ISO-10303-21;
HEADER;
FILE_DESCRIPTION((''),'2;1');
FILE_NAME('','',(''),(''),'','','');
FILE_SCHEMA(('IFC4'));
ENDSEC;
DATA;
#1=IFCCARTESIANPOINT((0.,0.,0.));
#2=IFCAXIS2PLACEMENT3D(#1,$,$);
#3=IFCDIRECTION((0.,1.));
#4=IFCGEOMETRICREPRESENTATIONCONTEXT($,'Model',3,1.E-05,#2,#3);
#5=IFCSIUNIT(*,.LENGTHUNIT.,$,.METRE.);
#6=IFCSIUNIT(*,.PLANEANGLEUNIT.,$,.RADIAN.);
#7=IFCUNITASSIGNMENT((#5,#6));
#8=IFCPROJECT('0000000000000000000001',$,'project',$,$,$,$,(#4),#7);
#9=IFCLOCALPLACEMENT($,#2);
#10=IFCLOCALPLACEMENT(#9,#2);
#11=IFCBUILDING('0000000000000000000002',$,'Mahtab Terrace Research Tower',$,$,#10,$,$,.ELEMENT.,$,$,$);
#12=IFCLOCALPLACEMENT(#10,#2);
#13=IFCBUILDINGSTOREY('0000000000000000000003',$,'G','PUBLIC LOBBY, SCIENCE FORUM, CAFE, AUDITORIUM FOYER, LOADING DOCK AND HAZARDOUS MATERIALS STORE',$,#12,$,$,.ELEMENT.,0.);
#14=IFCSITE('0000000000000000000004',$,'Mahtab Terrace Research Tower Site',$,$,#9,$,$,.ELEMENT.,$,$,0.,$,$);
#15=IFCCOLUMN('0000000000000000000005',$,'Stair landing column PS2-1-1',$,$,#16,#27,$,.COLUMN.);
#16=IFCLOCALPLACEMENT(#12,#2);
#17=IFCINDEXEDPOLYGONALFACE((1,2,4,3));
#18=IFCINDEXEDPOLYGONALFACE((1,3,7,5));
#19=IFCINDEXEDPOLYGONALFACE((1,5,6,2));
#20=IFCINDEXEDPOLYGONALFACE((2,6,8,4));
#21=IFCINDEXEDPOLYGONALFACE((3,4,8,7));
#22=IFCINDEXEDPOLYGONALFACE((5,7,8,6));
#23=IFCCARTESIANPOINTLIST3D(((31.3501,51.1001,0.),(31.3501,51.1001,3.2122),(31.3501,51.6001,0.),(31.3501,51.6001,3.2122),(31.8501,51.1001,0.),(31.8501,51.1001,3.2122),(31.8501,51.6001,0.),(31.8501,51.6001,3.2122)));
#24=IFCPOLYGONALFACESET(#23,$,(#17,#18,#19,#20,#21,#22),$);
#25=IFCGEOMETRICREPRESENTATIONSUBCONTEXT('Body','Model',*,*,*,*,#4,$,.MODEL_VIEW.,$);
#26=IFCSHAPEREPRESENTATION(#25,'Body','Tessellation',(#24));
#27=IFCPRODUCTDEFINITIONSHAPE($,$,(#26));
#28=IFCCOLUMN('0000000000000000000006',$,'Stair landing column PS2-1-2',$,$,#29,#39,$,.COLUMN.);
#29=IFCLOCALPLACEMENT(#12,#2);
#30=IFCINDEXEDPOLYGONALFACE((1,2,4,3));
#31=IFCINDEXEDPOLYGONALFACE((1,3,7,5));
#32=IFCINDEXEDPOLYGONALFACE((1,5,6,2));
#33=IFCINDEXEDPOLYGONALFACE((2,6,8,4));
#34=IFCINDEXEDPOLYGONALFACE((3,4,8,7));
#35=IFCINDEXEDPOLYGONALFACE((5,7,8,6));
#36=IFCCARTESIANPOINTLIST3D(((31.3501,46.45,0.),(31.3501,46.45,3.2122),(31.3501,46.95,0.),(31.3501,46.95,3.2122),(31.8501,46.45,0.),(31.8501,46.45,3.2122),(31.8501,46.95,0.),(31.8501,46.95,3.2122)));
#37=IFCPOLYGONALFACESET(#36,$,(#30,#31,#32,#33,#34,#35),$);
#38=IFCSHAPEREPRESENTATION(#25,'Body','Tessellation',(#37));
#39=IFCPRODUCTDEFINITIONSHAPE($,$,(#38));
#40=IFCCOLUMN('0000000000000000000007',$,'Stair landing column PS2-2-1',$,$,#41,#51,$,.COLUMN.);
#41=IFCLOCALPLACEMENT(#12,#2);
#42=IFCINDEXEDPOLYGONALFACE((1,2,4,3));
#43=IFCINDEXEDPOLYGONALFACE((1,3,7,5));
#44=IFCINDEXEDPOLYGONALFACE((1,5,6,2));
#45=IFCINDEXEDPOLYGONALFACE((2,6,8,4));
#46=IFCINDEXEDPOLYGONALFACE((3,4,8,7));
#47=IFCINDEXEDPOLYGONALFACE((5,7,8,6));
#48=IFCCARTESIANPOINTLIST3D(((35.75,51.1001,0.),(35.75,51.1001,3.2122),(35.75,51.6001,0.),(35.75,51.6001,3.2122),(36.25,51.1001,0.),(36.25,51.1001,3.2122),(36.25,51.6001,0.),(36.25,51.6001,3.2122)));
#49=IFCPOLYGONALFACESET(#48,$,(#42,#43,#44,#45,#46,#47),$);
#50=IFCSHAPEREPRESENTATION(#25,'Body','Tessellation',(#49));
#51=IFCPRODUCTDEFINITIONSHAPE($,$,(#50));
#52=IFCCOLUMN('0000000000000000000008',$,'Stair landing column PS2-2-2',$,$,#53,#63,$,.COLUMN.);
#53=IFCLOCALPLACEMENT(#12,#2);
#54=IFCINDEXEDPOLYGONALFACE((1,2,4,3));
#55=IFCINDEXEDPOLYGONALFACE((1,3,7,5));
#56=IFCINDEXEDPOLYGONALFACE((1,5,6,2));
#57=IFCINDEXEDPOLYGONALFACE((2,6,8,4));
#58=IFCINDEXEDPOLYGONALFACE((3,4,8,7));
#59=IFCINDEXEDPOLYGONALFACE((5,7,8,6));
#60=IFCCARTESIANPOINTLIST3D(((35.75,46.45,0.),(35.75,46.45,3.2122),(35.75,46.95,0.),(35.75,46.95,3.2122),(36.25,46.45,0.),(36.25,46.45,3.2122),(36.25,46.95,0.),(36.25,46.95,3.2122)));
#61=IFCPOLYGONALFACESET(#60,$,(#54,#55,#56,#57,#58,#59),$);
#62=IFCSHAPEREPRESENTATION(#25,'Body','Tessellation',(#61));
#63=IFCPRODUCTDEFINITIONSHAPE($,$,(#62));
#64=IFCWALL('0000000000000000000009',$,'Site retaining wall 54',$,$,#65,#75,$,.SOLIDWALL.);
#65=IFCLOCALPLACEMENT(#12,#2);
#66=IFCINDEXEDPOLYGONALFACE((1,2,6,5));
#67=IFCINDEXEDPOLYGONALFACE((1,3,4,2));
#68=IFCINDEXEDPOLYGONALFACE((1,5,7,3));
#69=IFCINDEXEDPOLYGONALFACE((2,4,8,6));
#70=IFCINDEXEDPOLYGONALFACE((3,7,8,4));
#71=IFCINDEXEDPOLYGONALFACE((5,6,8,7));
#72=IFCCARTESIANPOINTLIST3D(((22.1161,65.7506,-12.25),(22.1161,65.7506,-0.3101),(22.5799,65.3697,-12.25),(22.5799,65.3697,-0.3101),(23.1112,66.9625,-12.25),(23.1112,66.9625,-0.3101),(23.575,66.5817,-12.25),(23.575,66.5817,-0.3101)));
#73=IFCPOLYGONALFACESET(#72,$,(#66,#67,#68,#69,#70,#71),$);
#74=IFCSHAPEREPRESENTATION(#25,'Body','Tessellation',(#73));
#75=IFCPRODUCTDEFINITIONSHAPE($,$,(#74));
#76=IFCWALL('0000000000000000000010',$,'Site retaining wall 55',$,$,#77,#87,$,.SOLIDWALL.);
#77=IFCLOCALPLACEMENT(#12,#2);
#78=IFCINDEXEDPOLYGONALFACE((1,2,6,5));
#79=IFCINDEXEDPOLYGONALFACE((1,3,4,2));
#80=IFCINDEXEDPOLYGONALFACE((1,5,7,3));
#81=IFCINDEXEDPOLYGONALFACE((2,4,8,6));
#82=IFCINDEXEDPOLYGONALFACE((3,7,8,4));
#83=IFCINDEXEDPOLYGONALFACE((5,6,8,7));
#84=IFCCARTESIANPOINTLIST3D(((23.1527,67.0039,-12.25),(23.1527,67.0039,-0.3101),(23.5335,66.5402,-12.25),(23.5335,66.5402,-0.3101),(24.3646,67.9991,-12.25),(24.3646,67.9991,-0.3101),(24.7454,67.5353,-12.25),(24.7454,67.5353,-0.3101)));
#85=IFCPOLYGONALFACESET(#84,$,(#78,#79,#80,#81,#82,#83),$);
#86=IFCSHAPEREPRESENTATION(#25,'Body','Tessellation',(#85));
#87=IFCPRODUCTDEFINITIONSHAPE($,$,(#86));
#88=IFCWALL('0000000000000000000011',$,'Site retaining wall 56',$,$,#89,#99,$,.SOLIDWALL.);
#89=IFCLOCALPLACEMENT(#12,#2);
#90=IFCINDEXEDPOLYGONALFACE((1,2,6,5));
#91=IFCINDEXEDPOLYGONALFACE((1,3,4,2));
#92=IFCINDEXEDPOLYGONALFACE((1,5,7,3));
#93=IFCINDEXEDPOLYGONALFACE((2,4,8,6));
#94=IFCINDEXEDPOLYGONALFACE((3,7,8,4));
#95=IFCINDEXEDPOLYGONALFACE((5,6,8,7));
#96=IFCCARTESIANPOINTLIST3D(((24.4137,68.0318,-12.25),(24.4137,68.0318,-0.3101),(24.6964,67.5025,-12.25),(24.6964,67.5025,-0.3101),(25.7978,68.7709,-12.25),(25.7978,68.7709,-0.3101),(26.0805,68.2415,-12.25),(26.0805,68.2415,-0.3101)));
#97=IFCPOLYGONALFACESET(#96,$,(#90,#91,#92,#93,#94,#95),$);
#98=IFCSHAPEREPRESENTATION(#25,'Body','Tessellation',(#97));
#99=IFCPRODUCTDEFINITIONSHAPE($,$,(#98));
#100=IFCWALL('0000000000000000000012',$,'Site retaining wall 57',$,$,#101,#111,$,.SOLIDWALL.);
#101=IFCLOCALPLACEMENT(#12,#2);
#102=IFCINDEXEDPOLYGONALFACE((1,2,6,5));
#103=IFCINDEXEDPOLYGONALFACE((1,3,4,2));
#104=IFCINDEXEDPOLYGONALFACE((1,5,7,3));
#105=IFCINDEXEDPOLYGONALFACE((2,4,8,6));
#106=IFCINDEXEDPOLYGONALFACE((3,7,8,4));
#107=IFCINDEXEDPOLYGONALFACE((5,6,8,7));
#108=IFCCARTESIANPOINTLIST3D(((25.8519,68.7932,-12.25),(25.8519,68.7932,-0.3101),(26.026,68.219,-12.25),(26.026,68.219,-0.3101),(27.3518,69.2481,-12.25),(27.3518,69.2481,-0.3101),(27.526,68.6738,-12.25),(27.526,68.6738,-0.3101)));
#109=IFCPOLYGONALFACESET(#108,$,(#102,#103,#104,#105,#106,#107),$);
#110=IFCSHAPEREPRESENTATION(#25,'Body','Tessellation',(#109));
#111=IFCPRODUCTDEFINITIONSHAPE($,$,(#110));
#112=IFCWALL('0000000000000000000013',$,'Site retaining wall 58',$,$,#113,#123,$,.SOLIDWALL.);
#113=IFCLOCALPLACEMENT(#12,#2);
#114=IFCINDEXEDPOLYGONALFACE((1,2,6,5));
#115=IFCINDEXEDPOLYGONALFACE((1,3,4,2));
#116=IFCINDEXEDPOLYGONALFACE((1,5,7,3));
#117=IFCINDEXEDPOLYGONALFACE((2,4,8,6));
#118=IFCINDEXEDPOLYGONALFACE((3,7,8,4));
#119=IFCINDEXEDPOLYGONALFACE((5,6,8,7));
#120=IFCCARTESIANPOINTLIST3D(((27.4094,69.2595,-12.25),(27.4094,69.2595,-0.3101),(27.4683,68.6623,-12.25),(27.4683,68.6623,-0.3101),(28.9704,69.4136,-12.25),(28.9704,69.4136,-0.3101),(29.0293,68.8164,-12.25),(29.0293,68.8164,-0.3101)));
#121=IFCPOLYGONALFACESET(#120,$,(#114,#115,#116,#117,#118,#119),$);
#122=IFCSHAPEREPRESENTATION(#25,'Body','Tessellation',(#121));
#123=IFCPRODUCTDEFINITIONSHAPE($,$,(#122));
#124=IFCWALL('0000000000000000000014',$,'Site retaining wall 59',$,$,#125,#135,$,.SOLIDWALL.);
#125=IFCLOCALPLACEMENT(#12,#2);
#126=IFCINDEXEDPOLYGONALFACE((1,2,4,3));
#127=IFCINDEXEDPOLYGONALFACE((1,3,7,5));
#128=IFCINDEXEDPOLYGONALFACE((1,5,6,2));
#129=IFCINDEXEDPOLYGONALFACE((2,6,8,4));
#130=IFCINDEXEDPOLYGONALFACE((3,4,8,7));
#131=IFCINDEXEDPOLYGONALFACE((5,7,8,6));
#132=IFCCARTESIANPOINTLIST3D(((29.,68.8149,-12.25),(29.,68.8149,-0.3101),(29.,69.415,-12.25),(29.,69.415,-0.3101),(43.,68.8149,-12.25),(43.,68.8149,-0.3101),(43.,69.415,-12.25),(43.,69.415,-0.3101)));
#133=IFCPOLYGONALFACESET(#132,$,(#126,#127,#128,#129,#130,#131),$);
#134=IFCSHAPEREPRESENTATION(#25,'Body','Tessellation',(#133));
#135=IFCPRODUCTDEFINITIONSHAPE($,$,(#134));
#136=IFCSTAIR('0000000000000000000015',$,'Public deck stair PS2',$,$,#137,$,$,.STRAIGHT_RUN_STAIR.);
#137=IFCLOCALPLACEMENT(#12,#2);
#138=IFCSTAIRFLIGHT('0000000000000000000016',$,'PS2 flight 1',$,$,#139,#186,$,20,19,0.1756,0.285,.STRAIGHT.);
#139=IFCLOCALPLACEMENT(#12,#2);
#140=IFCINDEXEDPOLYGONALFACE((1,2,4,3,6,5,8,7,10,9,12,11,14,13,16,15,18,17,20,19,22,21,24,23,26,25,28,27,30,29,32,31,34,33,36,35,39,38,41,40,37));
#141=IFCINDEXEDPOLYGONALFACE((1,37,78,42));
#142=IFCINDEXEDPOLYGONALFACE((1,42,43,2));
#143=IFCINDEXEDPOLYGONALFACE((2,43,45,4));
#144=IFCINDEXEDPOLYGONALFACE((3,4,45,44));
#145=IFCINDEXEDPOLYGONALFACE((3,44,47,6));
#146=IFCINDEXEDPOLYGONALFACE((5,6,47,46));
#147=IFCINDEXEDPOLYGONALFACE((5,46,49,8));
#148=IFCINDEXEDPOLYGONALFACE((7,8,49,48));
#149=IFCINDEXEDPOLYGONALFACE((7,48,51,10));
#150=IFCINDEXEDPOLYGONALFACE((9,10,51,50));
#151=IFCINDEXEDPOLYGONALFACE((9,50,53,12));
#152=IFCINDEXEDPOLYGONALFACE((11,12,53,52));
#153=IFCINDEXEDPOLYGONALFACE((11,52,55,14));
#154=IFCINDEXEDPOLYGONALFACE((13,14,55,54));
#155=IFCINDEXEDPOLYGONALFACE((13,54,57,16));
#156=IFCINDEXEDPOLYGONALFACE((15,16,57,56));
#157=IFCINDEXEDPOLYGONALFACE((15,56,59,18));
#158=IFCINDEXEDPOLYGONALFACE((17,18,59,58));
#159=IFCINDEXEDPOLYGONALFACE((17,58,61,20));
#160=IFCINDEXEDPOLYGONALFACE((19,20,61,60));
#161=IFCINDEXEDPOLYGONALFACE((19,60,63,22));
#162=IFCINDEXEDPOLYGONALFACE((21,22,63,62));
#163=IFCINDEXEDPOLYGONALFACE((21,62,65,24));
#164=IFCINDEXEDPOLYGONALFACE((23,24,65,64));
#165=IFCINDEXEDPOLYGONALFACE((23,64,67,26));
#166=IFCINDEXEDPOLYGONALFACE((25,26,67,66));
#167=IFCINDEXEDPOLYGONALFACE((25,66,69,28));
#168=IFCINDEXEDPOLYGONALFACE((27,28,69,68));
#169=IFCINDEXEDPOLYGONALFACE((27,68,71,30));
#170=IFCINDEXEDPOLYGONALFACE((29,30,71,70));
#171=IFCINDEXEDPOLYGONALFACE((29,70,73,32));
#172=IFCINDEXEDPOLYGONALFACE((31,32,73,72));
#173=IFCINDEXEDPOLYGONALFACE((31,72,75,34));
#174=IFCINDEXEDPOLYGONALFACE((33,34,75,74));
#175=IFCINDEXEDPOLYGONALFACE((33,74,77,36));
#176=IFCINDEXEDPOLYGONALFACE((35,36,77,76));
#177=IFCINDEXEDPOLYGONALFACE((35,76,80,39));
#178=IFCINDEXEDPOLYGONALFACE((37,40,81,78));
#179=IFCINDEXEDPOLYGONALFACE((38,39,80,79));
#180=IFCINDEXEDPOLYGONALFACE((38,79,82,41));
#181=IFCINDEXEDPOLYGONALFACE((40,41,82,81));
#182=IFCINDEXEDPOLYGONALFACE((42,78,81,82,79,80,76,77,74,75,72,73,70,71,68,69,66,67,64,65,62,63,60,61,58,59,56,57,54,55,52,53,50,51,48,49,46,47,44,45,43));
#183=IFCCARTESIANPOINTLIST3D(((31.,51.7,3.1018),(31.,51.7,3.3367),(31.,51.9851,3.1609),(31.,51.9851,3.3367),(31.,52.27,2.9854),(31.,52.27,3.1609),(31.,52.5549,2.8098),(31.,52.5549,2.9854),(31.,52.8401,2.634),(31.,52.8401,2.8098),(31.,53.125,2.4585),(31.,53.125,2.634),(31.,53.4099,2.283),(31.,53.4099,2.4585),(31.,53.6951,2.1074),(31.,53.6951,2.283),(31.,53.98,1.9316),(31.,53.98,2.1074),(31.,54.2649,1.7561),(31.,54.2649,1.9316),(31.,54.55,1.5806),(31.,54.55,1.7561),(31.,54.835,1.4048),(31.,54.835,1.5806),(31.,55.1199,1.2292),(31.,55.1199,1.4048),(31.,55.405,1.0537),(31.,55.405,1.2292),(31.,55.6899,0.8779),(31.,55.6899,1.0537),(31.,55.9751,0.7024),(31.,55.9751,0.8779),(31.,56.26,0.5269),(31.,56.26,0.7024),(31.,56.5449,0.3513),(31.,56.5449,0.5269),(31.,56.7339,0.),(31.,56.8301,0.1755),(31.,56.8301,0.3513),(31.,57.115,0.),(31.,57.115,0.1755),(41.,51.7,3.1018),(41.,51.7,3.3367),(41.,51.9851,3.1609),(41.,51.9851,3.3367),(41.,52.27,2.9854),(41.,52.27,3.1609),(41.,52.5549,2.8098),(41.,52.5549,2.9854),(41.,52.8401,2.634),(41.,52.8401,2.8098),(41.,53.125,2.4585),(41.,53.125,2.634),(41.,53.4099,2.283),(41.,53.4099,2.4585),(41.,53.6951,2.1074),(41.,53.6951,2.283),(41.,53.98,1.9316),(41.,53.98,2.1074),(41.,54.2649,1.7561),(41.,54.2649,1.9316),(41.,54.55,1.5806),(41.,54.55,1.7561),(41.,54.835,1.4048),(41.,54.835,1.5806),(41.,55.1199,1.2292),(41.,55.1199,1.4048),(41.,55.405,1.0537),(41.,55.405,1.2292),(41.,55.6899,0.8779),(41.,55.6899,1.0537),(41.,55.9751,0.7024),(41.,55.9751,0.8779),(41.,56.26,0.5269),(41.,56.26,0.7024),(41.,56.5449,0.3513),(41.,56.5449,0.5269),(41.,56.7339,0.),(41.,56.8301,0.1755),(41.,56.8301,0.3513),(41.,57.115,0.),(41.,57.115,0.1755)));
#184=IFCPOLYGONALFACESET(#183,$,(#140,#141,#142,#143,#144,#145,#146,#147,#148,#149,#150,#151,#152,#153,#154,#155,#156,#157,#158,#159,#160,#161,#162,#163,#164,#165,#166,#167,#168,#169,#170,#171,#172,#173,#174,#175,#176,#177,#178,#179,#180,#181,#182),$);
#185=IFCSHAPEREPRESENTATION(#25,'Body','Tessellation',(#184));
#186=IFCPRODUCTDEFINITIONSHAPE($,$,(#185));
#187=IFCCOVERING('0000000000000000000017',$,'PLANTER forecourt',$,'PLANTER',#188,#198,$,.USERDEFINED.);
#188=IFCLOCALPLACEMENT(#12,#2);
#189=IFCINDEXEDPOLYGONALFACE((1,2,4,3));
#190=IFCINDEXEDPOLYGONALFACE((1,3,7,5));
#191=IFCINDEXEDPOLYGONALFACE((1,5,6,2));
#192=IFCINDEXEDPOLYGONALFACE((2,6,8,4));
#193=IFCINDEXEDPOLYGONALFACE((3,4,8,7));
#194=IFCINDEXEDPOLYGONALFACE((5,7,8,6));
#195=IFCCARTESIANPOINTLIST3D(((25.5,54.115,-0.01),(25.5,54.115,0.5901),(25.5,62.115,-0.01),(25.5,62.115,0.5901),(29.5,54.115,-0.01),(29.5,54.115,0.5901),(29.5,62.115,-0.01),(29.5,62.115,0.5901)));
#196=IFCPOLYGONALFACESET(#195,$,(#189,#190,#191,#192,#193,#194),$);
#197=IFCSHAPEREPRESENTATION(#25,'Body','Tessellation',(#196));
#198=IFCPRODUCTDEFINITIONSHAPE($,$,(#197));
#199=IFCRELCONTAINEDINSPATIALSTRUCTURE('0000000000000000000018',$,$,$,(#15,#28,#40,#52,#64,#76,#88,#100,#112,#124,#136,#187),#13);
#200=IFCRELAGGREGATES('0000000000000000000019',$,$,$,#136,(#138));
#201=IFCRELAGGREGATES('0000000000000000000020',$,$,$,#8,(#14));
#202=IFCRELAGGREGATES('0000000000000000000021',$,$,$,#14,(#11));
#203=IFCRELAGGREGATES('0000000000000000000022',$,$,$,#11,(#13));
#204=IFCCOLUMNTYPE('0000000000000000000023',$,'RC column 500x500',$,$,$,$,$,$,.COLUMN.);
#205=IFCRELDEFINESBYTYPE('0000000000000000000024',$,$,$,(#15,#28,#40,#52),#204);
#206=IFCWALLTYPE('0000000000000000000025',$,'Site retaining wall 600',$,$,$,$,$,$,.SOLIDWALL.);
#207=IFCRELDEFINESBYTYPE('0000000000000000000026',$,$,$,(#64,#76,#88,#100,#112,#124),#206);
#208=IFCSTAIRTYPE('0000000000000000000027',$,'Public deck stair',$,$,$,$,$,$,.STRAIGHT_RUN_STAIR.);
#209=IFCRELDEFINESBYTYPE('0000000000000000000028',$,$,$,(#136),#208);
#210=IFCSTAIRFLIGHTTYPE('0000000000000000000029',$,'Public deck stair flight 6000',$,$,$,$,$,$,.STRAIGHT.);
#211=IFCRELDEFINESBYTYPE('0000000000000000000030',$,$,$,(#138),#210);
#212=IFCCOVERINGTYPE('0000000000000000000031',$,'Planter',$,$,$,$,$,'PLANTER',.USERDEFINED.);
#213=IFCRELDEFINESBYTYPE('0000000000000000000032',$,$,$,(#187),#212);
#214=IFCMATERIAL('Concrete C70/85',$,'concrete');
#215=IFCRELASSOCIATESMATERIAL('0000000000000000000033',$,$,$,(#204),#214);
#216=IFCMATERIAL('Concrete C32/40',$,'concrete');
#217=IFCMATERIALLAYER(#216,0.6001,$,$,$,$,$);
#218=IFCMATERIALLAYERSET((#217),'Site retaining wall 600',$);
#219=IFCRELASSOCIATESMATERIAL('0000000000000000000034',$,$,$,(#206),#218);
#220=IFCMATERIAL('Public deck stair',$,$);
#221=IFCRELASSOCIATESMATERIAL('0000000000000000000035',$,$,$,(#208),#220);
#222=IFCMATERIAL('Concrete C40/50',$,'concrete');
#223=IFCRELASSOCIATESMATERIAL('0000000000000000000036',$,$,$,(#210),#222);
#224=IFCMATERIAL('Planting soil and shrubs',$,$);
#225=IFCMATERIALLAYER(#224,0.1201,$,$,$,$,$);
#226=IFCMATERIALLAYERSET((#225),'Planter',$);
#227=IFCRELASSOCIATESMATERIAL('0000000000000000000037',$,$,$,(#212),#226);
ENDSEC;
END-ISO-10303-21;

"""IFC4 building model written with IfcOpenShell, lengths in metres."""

from ifc_helpers import new_model, si_unit, direction, frame, frame_2d, origin, origin_2d, place, context, subcontext, project, spatial, polyline, rectangle, outline, extrude, material, layer, layer_set, material_profile, profile_set, type_object, element, aggregate, save


model = new_model("IFC4")

# Units and contexts
model_context = context("Model", 3, precision=1e-05, world=origin(), true_north=direction((0.0, 1.0)))
body_context = subcontext(model_context, "Body", "Model", "MODEL_VIEW")
ifc_project = project(units=[si_unit("LENGTHUNIT", "METRE"), si_unit("PLANEANGLEUNIT", "RADIAN")], contexts=[model_context])

# Site, building, storey
site_placement = place(None, origin())
site = spatial("IfcSite", under=ifc_project, at=site_placement, Name="Mahtab Terrace Research Tower Site", CompositionType="ELEMENT", RefElevation=0.0)
building_placement = place(site_placement, origin())
building = spatial("IfcBuilding", under=site, at=building_placement, Name="Mahtab Terrace Research Tower", CompositionType="ELEMENT")
storey_placement = place(building_placement, origin())
storey = spatial("IfcBuildingStorey", under=building, at=storey_placement, Name="G", Description="PUBLIC LOBBY, SCIENCE FORUM, CAFE, AUDITORIUM FOYER, LOADING DOCK AND HAZARDOUS MATERIALS STORE", CompositionType="ELEMENT", Elevation=0.0)

# Columns
ifc_material_1 = material(Name="Concrete C70/85", Category="concrete")
ifc_material_profile = material_profile(ifc_material_1, rectangle(XDim=0.5, YDim=0.5, at=origin_2d()), Name="RC column 500x500")
ifc_profile_set = profile_set([ifc_material_profile], Name="Concrete C70/85")
column_type = type_object("IfcColumnType", Name="RC column 500x500", PredefinedType="COLUMN", material=ifc_profile_set)
for number, where, z_axis, x_axis, name in (
    (1, (31.6001, 51.3501, 0.0), (0.0, 0.0, 1.0), (1.0, 0.0, 0.0), "Stair landing column PS2-1-1"),
    (2, (31.6001, 46.7, 0.0), (0.0, 0.0, 1.0), (1.0, 0.0, 0.0), "Stair landing column PS2-1-2"),
    (3, (36.0, 51.3501, 0.0), (0.0, 0.0, 1.0), (1.0, 0.0, 0.0), "Stair landing column PS2-2-1"),
    (4, (36.0, 46.7, 0.0), (0.0, 0.0, 1.0), (1.0, 0.0, 0.0), "Stair landing column PS2-2-2"),
):
    element("IfcColumn", number, at=place(storey_placement, frame(where, z_axis=z_axis, x_axis=x_axis)), inside=storey, type_object=column_type, Name=name, PredefinedType="COLUMN", context=body_context, shape_type="SweptSolid", body=[
        extrude(rectangle(XDim=0.5, YDim=0.5, at=origin_2d()), origin(), (0.0, 0.0, 1.0), 3.2122),
    ])

# Walls
ifc_material_2 = material(Name="Concrete C32/40", Category="concrete")
ifc_layer_1 = layer(ifc_material_2, 0.6001)
ifc_layer_set_1 = layer_set([ifc_layer_1], Name="Site retaining wall 600")
wall_type = type_object("IfcWallType", Name="Site retaining wall 600", PredefinedType="SOLIDWALL", material=ifc_layer_set_1)
for number, where, z_axis, x_axis, name in (
    (5, (22.3479, 65.5601, -12.25), (0.0, 0.0, 1.0), (0.634593, 0.772846, 0.0), "Site retaining wall 54"),
    (6, (23.343, 66.772, -12.25), (0.0, 0.0, 1.0), (0.772846, 0.634593, 0.0), "Site retaining wall 55"),
):
    element("IfcWall", number, at=place(storey_placement, frame(where, z_axis=z_axis, x_axis=x_axis)), inside=storey, type_object=wall_type, Name=name, PredefinedType="SOLIDWALL", context=body_context, shape_type="SweptSolid", body=[
        extrude(rectangle(XDim=1.5681, YDim=0.6001, at=frame_2d((0.7842, 0.0))), origin(), (0.0, 0.0, 1.0), 11.9399),
    ])
wall_1_placement = place(storey_placement, frame((24.5549, 67.7671, -12.25), z_axis=(0.0, 0.0, 1.0), x_axis=(0.882125, 0.471016, 0.0)))
element("IfcWall", 7, at=wall_1_placement, inside=storey, type_object=wall_type, Name="Site retaining wall 56", PredefinedType="SOLIDWALL", context=body_context, shape_type="SweptSolid", body=[
    extrude(rectangle(XDim=1.5691, YDim=0.6001, at=frame_2d((0.7847, 0.0))), origin(), (0.0, 0.0, 1.0), 11.9399),
])
wall_2_placement = place(storey_placement, frame((25.939, 68.5061, -12.25), z_axis=(0.0, 0.0, 1.0), x_axis=(0.956973, 0.290176, 0.0)))
element("IfcWall", 8, at=wall_2_placement, inside=storey, type_object=wall_type, Name="Site retaining wall 57", PredefinedType="SOLIDWALL", context=body_context, shape_type="SweptSolid", body=[
    extrude(rectangle(XDim=1.5674, YDim=0.6001, at=frame_2d((0.7837, 0.0))), origin(), (0.0, 0.0, 1.0), 11.9399),
])
wall_3_placement = place(storey_placement, frame((27.439, 68.9609, -12.25), z_axis=(0.0, 0.0, 1.0), x_axis=(0.995166, 0.098209, 0.0)))
element("IfcWall", 9, at=wall_3_placement, inside=storey, type_object=wall_type, Name="Site retaining wall 58", PredefinedType="SOLIDWALL", context=body_context, shape_type="SweptSolid", body=[
    extrude(rectangle(XDim=1.5686, YDim=0.6001, at=frame_2d((0.7842, 0.0))), origin(), (0.0, 0.0, 1.0), 11.9399),
])
wall_4_placement = place(storey_placement, frame((29.0, 69.115, -12.25), z_axis=(0.0, 0.0, 1.0), x_axis=(1.0, 0.0, 0.0)))
element("IfcWall", 10, at=wall_4_placement, inside=storey, type_object=wall_type, Name="Site retaining wall 59", PredefinedType="SOLIDWALL", context=body_context, shape_type="SweptSolid", body=[
    extrude(rectangle(XDim=14.0, YDim=0.6001, at=frame_2d((7.0, 0.0))), origin(), (0.0, 0.0, 1.0), 11.9399),
])

# Stair, stair flight
ifc_material_3 = material(Name="Public deck stair")
stair_type = type_object("IfcStairType", Name="Public deck stair", PredefinedType="STRAIGHT_RUN_STAIR", material=ifc_material_3)
stair_placement = place(storey_placement, origin())
stair = element("IfcStair", 11, at=stair_placement, inside=storey, type_object=stair_type, Name="Public deck stair PS2", PredefinedType="STRAIGHT_RUN_STAIR")
ifc_material_4 = material(Name="Concrete C40/50", Category="concrete")
stair_flight_type = type_object("IfcStairFlightType", Name="Public deck stair flight 6000", PredefinedType="STRAIGHT", material=ifc_material_4)
stair_flight_placement = place(storey_placement, frame((36.0, 57.115, 0.0), z_axis=(0.0, 0.0, 1.0), x_axis=(0.0, -1.0, 0.0)))
stair_flight = element("IfcStairFlight", 12, at=stair_flight_placement, type_object=stair_flight_type, Name="PS2 flight 1", NumberOfRisers=20, NumberOfTreads=19, PredefinedType="STRAIGHT", RiserHeight=0.1756, TreadLength=0.285, context=body_context, shape_type="SweptSolid", body=[
    extrude(outline(polyline([(0.0, 0.0), (0.0, 0.1755), (0.2849, 0.1755), (0.2849, 0.3513), (0.5701, 0.3513), (0.5701, 0.5269), (0.855, 0.5269), (0.855, 0.7024), (1.1399, 0.7024), (1.1399, 0.8779), (1.425, 0.8779), (1.425, 1.0537), (1.71, 1.0537), (1.71, 1.2292), (1.9951, 1.2292), (1.9951, 1.4048), (2.28, 1.4048), (2.28, 1.5806), (2.5649, 1.5806), (2.5649, 1.7561), (2.8501, 1.7561), (2.8501, 1.9316), (3.135, 1.9316), (3.135, 2.1074), (3.4199, 2.1074), (3.4199, 2.283), (3.7051, 2.283), (3.7051, 2.4585), (3.99, 2.4585), (3.99, 2.634), (4.2749, 2.634), (4.2749, 2.8098), (4.5601, 2.8098), (4.5601, 2.9854), (4.845, 2.9854), (4.845, 3.1609), (5.1299, 3.1609), (5.1299, 3.3367), (5.415, 3.3367), (5.415, 3.5122), (5.415, 3.1018), (0.3811, 0.0), (0.0, 0.0)])), frame((0.0, 5.0, 0.0), z_axis=(0.0, -1.0, 0.0), x_axis=(1.0, 0.0, 0.0)), (0.0, 0.0, 1.0), 10.0),
])

# Covering
ifc_material_5 = material(Name="Planting soil and shrubs")
ifc_layer_2 = layer(ifc_material_5, 0.1201)
ifc_layer_set_2 = layer_set([ifc_layer_2], Name="Planter")
covering_type_1 = type_object("IfcCoveringType", Name="Planter", ElementType="PLANTER", PredefinedType="USERDEFINED", material=ifc_layer_set_2)
covering_1_placement = place(storey_placement, frame((27.5, 58.115, -0.01), z_axis=(0.0, 0.0, 1.0), x_axis=(1.0, 0.0, 0.0)))
element("IfcCovering", 13, at=covering_1_placement, inside=storey, type_object=covering_type_1, Name="PLANTER forecourt", ObjectType="PLANTER", PredefinedType="USERDEFINED", context=body_context, shape_type="SweptSolid", body=[
    extrude(rectangle(XDim=4.0, YDim=8.0, at=origin_2d()), origin(), (0.0, 0.0, 1.0), 0.6001),
])

aggregate(stair, [stair_flight])

save(model, "model.ifc")
